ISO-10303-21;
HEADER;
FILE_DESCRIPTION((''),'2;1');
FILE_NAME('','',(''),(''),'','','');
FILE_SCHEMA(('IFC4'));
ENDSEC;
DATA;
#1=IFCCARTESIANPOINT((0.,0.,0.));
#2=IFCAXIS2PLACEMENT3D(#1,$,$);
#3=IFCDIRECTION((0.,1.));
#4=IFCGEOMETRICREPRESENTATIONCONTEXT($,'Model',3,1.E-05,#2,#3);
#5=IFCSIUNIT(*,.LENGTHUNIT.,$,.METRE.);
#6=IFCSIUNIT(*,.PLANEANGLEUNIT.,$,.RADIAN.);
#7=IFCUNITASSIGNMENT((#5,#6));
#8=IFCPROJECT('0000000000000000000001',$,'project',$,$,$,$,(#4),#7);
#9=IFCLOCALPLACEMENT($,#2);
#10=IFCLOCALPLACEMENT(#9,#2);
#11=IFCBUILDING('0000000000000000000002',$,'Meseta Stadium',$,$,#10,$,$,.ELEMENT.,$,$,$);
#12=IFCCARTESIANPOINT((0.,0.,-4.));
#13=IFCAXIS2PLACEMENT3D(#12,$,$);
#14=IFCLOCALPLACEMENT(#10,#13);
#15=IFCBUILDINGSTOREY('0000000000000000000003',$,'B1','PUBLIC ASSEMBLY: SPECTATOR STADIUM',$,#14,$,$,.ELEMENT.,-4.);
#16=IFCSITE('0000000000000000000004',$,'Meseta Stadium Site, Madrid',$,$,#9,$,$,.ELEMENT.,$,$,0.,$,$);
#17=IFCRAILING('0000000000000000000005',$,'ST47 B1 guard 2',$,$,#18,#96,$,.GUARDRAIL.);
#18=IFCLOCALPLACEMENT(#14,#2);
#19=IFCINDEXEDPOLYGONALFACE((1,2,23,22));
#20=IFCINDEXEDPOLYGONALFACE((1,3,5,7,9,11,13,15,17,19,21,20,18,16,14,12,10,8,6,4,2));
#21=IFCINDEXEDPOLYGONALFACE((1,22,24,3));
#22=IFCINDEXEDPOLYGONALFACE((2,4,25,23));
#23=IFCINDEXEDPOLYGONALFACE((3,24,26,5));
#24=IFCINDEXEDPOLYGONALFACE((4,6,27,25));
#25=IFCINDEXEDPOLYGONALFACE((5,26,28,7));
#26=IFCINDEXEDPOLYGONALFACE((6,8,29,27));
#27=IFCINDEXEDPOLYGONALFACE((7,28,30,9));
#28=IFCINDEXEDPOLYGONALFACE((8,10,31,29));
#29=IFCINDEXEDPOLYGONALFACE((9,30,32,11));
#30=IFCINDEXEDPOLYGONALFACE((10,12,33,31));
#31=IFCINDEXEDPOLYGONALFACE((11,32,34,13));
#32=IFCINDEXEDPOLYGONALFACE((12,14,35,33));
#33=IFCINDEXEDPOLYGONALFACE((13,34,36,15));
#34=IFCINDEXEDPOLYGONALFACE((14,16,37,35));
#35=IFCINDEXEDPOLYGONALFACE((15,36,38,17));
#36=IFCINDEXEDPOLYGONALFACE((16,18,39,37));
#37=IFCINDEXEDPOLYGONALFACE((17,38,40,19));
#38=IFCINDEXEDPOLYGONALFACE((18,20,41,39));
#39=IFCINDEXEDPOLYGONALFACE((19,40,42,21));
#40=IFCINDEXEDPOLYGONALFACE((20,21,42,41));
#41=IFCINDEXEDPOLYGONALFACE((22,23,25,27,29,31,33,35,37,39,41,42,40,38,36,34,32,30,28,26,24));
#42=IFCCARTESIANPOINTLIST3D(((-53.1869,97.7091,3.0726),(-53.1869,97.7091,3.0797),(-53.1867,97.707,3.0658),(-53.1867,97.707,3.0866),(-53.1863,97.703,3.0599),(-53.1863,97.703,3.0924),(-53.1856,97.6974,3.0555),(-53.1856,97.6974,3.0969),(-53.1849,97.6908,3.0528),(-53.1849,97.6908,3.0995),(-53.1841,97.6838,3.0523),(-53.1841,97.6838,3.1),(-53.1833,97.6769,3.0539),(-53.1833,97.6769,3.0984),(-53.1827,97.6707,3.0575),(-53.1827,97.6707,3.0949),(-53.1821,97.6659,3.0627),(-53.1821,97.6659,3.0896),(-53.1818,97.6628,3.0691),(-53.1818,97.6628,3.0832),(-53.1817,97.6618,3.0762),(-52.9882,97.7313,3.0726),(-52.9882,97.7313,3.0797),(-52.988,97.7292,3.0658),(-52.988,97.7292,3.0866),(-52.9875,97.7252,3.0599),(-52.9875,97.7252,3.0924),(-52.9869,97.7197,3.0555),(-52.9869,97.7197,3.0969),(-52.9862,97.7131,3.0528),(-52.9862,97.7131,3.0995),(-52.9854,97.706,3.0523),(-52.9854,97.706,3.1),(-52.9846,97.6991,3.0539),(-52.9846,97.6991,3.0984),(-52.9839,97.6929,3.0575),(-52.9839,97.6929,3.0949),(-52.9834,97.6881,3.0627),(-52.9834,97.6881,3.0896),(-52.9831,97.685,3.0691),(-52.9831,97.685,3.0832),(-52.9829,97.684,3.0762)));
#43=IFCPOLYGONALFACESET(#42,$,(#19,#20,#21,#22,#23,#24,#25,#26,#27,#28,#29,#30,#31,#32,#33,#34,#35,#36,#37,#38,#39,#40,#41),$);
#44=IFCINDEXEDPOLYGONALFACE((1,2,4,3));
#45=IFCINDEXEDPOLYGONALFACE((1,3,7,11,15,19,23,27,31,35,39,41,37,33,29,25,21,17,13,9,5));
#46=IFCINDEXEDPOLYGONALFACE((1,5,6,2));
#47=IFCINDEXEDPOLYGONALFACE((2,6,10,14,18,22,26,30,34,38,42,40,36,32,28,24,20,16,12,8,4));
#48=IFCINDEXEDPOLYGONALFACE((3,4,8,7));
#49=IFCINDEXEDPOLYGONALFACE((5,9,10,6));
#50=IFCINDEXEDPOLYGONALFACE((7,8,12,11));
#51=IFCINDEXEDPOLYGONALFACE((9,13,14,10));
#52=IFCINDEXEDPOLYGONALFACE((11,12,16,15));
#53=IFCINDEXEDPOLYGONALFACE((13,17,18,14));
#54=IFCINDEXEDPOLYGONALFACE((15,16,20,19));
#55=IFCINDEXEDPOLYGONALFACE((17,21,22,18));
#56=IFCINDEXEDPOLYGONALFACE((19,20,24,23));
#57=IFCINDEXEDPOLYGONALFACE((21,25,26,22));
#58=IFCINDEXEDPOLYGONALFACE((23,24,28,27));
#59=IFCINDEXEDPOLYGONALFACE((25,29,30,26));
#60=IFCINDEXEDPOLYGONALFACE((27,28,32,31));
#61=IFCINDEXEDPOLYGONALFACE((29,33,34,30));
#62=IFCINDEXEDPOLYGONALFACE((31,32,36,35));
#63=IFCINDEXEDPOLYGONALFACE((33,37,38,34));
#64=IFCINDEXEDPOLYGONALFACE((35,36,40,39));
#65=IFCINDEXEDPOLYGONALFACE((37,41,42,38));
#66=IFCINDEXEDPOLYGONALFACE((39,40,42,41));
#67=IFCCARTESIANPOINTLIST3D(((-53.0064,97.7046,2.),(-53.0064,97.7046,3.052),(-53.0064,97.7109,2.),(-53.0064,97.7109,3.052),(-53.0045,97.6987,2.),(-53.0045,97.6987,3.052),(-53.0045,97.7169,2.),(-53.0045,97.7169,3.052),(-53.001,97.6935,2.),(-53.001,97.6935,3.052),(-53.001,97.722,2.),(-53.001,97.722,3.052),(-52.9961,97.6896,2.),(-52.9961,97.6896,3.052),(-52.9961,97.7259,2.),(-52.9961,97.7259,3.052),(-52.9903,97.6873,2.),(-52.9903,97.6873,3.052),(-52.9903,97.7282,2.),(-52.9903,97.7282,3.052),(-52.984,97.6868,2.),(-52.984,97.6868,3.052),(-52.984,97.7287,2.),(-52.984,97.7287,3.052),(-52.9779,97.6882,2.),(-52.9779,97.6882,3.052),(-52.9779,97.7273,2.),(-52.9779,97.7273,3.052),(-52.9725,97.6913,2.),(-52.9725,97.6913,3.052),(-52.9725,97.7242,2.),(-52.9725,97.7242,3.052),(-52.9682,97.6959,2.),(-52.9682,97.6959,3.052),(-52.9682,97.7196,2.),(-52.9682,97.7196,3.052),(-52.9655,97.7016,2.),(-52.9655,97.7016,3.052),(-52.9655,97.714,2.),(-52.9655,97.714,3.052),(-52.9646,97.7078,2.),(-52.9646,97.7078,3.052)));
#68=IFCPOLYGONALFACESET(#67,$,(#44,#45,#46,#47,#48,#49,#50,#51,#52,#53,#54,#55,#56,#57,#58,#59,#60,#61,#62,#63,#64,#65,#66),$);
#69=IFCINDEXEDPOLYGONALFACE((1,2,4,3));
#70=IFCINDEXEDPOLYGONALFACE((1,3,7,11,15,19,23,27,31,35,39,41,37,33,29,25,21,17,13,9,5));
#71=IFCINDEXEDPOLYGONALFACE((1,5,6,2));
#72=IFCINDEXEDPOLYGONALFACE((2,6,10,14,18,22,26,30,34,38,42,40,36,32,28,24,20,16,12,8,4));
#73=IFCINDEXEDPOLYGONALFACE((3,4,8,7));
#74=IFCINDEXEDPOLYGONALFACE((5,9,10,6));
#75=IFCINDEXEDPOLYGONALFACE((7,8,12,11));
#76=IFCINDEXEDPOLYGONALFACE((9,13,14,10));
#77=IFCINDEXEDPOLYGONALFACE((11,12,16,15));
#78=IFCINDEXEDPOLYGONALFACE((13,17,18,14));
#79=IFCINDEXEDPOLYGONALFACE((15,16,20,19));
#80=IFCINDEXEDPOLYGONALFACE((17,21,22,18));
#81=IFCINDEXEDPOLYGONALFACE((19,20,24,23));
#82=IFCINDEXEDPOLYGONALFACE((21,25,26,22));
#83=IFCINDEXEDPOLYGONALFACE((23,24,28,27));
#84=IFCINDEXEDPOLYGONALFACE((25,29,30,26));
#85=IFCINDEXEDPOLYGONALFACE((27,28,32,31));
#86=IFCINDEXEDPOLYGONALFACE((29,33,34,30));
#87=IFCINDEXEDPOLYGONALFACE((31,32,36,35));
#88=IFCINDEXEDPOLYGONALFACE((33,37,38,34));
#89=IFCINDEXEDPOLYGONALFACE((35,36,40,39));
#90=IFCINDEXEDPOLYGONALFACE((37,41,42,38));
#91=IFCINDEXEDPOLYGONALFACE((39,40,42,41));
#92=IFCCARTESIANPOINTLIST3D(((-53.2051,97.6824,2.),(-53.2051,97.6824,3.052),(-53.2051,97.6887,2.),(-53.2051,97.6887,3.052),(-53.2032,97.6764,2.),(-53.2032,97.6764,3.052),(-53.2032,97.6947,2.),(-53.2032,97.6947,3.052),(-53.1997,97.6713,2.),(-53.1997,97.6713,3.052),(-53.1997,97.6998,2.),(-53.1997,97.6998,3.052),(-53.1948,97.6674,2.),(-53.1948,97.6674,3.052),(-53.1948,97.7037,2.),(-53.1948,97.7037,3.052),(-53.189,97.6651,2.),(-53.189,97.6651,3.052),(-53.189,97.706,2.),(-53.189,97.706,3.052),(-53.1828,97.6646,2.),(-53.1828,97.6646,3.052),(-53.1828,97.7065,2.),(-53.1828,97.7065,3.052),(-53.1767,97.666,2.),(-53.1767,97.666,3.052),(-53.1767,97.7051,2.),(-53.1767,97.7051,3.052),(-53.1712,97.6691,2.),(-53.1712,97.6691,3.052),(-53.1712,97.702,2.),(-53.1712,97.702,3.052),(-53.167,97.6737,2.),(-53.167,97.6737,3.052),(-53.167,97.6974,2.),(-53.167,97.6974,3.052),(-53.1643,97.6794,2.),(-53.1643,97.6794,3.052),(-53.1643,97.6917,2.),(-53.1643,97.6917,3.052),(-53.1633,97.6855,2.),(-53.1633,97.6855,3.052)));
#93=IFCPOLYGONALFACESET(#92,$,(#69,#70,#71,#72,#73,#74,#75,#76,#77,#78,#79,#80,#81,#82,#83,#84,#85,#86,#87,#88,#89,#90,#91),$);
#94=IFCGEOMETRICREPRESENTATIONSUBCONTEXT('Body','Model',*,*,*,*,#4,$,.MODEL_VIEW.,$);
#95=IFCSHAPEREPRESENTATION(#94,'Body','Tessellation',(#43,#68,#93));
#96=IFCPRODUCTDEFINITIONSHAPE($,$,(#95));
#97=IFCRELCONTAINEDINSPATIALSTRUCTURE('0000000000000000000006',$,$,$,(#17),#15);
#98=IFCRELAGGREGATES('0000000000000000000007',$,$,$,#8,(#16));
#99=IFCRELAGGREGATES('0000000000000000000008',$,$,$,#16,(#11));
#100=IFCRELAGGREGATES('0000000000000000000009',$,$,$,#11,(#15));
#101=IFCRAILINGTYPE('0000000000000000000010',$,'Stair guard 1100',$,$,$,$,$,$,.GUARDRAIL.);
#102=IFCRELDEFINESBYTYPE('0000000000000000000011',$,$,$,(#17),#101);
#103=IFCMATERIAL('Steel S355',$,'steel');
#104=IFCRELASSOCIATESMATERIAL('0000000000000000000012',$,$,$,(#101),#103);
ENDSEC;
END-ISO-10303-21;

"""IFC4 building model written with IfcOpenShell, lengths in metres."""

from ifc_helpers import new_model, si_unit, direction, frame, origin, origin_2d, place, context, subcontext, project, spatial, circle, extrude, material, type_object, element, save


model = new_model("IFC4")

# Units and contexts
model_context = context("Model", 3, precision=1e-05, world=origin(), true_north=direction((0.0, 1.0)))
body_context = subcontext(model_context, "Body", "Model", "MODEL_VIEW")
ifc_project = project(units=[si_unit("LENGTHUNIT", "METRE"), si_unit("PLANEANGLEUNIT", "RADIAN")], contexts=[model_context])

# Site, building, storey
site_placement = place(None, origin())
site = spatial("IfcSite", under=ifc_project, at=site_placement, Name="Meseta Stadium Site, Madrid", CompositionType="ELEMENT", RefElevation=0.0)
building_placement = place(site_placement, origin())
building = spatial("IfcBuilding", under=site, at=building_placement, Name="Meseta Stadium", CompositionType="ELEMENT")
storey_placement = place(building_placement, frame((0.0, 0.0, -4.0)))
storey = spatial("IfcBuildingStorey", under=building, at=storey_placement, Name="B1", Description="PUBLIC ASSEMBLY: SPECTATOR STADIUM", CompositionType="ELEMENT", Elevation=-4.0)

# Railing
ifc_material_1 = material(Name="Steel S355", Category="steel")
railing_type_1 = type_object("IfcRailingType", Name="Stair guard 1100", PredefinedType="GUARDRAIL", material=ifc_material_1)
railing_1_placement = place(storey_placement, frame((-52.9856, 97.7078, 2.0)))
element("IfcRailing", 1, at=railing_1_placement, inside=storey, type_object=railing_type_1, Name="ST47 B1 guard 2", PredefinedType="GUARDRAIL", context=body_context, shape_type="SweptSolid", body=[
    extrude(circle(Radius=0.0239, at=origin_2d()), frame((0.0, 0.0, 1.0762), z_axis=(-0.993809, -0.111102, 0.0), x_axis=(0.111102, -0.993809, 0.0)), (0.0, 0.0, 1.0), 0.2),
    extrude(circle(Radius=0.021, at=origin_2d()), origin(), (0.0, 0.0, 1.0), 1.052),
    extrude(circle(Radius=0.021, at=origin_2d()), frame((-0.1987, -0.0222, 0.0)), (0.0, 0.0, 1.0), 1.052),
])

save(model, "model.ifc")
